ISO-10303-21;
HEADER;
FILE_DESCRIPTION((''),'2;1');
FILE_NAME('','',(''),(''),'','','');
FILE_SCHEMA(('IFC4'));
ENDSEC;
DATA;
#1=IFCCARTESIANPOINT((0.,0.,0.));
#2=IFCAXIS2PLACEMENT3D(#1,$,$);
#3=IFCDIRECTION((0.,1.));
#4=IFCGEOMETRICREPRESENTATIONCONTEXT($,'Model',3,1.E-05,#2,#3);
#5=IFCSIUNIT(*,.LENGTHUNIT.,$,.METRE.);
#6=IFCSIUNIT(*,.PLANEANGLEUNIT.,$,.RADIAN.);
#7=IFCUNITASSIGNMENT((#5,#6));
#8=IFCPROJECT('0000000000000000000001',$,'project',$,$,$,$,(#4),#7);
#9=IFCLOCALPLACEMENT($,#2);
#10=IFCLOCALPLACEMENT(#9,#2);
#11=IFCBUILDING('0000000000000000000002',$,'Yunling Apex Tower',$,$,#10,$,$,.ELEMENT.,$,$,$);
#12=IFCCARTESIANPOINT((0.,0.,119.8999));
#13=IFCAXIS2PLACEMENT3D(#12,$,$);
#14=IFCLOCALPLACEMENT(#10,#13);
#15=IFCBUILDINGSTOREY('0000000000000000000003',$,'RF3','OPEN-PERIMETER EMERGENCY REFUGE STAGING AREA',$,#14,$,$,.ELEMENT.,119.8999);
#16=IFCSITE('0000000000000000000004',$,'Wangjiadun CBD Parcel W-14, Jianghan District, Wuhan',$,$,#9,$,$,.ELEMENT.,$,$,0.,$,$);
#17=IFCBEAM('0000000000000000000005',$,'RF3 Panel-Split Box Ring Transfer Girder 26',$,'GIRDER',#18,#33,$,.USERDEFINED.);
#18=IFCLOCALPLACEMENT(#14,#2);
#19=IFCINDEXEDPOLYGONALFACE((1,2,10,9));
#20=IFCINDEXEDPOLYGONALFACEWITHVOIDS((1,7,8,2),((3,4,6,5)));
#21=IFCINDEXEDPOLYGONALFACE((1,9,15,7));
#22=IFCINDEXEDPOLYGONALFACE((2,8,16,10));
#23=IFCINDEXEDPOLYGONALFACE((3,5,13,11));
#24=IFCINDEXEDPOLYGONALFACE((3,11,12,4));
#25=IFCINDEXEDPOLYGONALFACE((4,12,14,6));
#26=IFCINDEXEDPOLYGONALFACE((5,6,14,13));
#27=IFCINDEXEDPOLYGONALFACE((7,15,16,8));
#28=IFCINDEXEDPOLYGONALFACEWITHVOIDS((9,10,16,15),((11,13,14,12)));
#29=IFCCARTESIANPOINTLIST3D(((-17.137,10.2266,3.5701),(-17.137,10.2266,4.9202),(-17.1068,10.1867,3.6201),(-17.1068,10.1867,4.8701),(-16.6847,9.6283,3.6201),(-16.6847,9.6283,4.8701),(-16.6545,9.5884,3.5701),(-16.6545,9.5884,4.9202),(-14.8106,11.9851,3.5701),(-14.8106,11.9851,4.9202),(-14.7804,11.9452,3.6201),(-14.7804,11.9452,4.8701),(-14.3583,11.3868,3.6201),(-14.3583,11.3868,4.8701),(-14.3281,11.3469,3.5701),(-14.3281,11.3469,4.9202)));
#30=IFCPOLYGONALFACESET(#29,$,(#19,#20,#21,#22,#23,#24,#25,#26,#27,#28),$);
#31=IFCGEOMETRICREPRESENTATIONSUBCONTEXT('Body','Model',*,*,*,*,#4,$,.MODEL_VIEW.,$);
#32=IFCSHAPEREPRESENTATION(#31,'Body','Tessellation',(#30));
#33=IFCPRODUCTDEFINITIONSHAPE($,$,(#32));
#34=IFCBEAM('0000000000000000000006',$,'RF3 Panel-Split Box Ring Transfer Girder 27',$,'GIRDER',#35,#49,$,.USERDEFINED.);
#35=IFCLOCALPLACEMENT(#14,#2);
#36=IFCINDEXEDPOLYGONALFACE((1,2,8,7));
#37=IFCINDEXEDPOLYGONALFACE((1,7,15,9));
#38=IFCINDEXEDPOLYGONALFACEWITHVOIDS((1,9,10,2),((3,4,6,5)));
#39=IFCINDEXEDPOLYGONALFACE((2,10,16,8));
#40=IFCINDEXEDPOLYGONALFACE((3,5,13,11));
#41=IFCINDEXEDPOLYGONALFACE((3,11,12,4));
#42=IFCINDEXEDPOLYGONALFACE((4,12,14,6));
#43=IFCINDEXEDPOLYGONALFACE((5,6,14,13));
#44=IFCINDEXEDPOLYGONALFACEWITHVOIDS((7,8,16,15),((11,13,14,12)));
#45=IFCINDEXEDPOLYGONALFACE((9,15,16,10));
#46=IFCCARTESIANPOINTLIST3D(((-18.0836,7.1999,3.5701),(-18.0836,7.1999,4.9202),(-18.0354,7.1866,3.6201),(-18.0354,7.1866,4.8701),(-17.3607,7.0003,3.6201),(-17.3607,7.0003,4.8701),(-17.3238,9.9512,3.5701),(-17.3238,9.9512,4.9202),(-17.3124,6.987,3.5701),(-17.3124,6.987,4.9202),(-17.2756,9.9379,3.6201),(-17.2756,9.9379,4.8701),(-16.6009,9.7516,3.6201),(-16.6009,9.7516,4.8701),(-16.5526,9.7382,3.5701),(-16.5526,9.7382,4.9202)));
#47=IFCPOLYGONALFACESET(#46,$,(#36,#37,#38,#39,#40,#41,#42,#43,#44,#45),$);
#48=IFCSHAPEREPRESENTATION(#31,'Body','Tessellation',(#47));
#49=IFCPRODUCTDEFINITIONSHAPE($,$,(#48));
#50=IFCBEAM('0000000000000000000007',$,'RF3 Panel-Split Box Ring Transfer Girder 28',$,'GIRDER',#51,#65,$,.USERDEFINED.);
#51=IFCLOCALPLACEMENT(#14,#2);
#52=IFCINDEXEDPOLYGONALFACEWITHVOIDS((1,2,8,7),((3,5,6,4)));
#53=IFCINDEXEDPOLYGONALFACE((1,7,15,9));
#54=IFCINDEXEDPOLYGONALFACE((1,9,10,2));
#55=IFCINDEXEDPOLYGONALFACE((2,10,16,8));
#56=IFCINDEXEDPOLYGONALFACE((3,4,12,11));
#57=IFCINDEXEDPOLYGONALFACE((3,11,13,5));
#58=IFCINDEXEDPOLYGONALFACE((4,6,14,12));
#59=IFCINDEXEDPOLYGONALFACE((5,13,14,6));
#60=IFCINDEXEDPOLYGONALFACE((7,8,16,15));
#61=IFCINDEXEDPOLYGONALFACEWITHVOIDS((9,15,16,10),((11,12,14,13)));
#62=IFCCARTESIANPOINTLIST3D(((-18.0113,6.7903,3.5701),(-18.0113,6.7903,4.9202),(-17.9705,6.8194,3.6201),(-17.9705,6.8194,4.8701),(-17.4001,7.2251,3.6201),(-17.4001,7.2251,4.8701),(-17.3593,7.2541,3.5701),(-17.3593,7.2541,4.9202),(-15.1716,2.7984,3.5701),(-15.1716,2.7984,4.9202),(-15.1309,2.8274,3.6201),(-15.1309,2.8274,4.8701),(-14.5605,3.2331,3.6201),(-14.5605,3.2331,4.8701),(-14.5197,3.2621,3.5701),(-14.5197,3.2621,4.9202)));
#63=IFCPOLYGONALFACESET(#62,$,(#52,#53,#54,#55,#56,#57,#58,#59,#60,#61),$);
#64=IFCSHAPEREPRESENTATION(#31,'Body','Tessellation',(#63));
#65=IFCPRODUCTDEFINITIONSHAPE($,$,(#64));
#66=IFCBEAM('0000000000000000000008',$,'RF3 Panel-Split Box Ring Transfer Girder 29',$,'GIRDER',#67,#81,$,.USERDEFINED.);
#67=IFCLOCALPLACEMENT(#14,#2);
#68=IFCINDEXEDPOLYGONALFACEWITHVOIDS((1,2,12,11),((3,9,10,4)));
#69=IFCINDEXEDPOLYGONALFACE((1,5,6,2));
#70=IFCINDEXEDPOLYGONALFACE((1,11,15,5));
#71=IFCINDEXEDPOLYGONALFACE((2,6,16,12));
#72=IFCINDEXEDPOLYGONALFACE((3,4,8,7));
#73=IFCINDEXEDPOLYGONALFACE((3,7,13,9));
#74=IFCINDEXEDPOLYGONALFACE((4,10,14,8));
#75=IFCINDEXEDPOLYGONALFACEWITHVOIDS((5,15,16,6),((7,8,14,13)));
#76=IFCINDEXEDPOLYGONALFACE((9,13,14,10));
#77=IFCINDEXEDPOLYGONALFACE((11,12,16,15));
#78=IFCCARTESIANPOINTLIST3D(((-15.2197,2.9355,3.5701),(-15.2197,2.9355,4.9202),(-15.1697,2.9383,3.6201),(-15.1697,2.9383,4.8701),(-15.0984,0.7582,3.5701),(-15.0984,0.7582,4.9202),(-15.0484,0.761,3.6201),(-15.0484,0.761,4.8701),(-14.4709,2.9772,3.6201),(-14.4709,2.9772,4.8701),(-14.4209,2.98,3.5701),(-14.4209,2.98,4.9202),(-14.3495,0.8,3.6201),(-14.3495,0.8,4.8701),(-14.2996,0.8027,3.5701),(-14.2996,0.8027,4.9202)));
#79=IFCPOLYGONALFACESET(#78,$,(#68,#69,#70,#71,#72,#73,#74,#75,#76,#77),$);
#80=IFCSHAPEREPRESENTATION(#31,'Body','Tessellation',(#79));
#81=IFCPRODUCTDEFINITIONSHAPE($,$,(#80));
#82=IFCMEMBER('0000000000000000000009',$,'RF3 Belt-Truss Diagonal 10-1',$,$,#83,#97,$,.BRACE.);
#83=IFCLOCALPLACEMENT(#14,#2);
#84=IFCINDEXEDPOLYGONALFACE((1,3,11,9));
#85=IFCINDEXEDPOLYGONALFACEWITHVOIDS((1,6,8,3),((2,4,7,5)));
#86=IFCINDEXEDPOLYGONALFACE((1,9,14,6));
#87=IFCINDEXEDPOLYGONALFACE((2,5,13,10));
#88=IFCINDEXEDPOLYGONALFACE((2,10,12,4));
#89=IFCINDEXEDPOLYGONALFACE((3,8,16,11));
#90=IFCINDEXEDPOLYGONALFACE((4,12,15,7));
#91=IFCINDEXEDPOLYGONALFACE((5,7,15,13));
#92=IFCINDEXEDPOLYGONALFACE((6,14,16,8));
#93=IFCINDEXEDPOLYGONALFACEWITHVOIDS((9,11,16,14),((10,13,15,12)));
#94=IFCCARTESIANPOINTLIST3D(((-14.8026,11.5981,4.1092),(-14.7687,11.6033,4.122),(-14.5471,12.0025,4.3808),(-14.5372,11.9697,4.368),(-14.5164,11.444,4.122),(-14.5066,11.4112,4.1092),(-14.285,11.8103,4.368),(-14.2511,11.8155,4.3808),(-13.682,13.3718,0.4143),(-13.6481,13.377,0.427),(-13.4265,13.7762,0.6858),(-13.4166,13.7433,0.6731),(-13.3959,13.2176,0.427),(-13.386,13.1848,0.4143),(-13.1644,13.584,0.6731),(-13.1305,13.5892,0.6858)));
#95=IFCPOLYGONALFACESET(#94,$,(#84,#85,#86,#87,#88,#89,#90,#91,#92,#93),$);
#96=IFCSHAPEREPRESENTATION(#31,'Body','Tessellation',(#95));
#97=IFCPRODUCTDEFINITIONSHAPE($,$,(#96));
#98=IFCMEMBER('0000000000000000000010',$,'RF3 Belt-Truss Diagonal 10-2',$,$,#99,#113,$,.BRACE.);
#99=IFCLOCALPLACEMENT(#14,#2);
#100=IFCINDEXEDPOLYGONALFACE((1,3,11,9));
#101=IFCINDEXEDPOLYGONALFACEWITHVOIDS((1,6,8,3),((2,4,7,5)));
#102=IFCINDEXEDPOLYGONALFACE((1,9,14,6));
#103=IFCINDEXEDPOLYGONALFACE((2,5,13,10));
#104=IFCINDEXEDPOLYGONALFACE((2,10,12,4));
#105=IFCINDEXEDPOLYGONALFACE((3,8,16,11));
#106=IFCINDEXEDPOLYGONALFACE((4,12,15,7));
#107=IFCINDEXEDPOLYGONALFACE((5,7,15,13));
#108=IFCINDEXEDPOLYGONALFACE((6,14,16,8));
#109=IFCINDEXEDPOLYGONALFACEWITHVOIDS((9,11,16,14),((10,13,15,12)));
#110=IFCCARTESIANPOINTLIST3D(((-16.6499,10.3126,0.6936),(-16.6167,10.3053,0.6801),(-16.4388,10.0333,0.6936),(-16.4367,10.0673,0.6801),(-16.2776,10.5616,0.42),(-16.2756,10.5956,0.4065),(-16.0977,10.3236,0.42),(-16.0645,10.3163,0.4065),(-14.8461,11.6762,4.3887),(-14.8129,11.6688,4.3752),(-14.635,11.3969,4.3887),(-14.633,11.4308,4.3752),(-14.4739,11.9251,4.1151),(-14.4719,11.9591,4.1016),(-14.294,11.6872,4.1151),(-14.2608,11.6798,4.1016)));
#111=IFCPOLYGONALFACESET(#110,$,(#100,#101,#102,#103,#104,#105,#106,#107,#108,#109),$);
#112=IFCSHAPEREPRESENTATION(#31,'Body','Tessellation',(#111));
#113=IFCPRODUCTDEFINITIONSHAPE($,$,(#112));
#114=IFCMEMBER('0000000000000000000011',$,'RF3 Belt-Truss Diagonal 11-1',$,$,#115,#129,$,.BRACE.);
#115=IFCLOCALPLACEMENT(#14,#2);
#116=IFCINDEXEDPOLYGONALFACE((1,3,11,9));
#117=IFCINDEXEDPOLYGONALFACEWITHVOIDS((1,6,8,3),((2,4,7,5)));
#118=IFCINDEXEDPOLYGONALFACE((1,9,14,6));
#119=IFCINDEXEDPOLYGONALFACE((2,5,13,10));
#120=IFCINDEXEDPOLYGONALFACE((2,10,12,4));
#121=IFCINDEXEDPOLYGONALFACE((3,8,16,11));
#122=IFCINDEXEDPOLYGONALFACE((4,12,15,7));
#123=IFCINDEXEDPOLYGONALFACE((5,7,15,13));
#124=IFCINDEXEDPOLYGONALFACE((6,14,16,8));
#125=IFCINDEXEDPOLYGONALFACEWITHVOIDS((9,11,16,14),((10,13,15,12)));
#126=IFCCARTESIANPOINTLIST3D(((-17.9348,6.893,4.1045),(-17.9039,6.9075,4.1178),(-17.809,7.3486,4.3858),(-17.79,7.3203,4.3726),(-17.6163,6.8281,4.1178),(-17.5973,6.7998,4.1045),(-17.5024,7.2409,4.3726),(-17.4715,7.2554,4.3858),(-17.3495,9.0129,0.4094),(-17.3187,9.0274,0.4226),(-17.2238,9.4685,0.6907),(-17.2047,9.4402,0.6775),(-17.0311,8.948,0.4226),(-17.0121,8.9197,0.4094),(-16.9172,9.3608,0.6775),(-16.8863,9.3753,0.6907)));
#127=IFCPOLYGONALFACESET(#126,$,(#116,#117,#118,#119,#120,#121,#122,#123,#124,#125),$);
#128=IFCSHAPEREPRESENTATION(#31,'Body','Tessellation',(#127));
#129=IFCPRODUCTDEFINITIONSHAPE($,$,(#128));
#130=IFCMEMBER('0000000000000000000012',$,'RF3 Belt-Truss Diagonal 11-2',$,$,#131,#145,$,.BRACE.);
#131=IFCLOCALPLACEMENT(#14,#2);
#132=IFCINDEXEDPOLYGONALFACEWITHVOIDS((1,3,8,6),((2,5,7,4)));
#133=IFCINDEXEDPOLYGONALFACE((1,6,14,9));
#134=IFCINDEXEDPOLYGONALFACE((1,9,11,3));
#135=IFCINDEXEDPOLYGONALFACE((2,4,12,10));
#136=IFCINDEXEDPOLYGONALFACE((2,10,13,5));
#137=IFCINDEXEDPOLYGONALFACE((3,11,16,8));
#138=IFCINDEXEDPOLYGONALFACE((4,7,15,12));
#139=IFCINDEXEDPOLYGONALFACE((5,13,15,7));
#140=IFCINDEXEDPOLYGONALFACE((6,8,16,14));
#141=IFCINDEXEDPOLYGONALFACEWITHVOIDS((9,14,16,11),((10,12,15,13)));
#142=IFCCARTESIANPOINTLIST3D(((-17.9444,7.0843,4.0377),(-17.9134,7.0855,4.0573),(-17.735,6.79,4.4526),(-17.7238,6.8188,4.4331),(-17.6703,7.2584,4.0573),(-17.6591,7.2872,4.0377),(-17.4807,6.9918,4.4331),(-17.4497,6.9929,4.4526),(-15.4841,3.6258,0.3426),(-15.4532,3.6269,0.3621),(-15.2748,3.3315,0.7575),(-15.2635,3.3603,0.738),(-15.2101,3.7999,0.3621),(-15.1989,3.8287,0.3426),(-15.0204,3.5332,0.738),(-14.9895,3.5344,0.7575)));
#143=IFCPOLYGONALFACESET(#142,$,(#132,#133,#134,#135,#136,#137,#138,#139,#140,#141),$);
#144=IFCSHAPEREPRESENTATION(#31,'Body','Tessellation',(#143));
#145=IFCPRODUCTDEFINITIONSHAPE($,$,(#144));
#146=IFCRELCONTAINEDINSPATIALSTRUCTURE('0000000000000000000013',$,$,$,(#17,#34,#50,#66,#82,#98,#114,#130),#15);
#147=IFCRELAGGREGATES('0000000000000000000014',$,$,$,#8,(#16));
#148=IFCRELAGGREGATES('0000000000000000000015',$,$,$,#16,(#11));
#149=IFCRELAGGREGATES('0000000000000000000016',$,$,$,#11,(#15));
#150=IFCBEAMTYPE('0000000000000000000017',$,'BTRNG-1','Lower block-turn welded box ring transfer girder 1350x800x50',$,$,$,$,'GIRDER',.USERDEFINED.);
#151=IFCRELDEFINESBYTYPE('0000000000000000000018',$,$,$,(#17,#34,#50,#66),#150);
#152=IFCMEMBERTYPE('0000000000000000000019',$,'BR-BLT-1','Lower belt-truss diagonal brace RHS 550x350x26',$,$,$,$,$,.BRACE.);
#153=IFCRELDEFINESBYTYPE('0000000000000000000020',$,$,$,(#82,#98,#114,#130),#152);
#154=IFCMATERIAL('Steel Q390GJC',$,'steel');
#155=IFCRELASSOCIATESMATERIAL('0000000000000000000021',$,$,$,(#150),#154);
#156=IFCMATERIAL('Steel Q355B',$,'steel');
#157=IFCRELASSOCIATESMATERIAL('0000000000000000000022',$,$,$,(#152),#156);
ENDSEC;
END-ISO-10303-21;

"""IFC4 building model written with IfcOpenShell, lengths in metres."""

from ifc_helpers import new_model, si_unit, direction, frame, origin, origin_2d, place, context, subcontext, project, spatial, hollow_rectangle, extrude, source, transform, mapped, material, material_profile, profile_set, type_object, element, save


model = new_model("IFC4")

# Units and contexts
model_context = context("Model", 3, precision=1e-05, world=origin(), true_north=direction((0.0, 1.0)))
body_context = subcontext(model_context, "Body", "Model", "MODEL_VIEW")
ifc_project = project(units=[si_unit("LENGTHUNIT", "METRE"), si_unit("PLANEANGLEUNIT", "RADIAN")], contexts=[model_context])

# Site, building, storey
site_placement = place(None, origin())
site = spatial("IfcSite", under=ifc_project, at=site_placement, Name="Wangjiadun CBD Parcel W-14, Jianghan District, Wuhan", CompositionType="ELEMENT", RefElevation=0.0)
building_placement = place(site_placement, origin())
building = spatial("IfcBuilding", under=site, at=building_placement, Name="Yunling Apex Tower", CompositionType="ELEMENT")
storey_placement = place(building_placement, frame((0.0, 0.0, 119.8999)))
storey = spatial("IfcBuildingStorey", under=building, at=storey_placement, Name="RF3", Description="OPEN-PERIMETER EMERGENCY REFUGE STAGING AREA", CompositionType="ELEMENT", Elevation=119.8999)

# Shared definitions
ifc_material_1 = material(Name="Steel Q390GJC", Category="steel")

# Beams
ifc_material_profile_1 = material_profile(ifc_material_1, hollow_rectangle(XDim=0.8, YDim=1.3501, WallThickness=0.05, at=origin_2d()))
ifc_profile_set_1 = profile_set([ifc_material_profile_1], Name="Steel Q390GJC")
beam_type = type_object("IfcBeamType", Name="BTRNG-1", Description="Lower block-turn welded box ring transfer girder 1350x800x50", ElementType="GIRDER", PredefinedType="USERDEFINED", material=ifc_profile_set_1)
shared_shape_1 = source(origin(), body_context, "Body", "SweptSolid", [
    extrude(hollow_rectangle(XDim=0.8, YDim=1.3501, WallThickness=0.05, at=origin_2d()), origin(), (0.0, 0.0, 1.0), 2.9163),
])
beam_1_placement = place(storey_placement, frame((-14.5693, 11.666, 4.2451), z_axis=(-0.797734, -0.60301, 0.0), x_axis=(0.60301, -0.797734, 0.0)))
element("IfcBeam", 1, at=beam_1_placement, inside=storey, type_object=beam_type, Name="RF3 Panel-Split Box Ring Transfer Girder 26", ObjectType="GIRDER", PredefinedType="USERDEFINED", context=body_context, shape_type="MappedRepresentation", body=[
    mapped(shared_shape_1, transform((0.0, 0.0, 0.0), scale=1.0)),
])
shared_shape_2 = source(origin(), body_context, "Body", "SweptSolid", [
    extrude(hollow_rectangle(XDim=0.8, YDim=1.3501, WallThickness=0.05, at=origin_2d()), origin(), (0.0, 0.0, 1.0), 2.8542),
])
beam_2_placement = place(storey_placement, frame((-16.9382, 9.8447, 4.2451), z_axis=(-0.266192, -0.96392, 0.0), x_axis=(0.96392, -0.266192, 0.0)))
element("IfcBeam", 2, at=beam_2_placement, inside=storey, type_object=beam_type, Name="RF3 Panel-Split Box Ring Transfer Girder 27", ObjectType="GIRDER", PredefinedType="USERDEFINED", context=body_context, shape_type="MappedRepresentation", body=[
    mapped(shared_shape_2, transform((0.0, 0.0, 0.0), scale=1.0)),
])
shared_shape_3 = source(origin(), body_context, "Body", "SweptSolid", [
    extrude(hollow_rectangle(XDim=0.8, YDim=1.3501, WallThickness=0.05, at=origin_2d()), origin(), (0.0, 0.0, 1.0), 4.8989),
])
beam_3_placement = place(storey_placement, frame((-17.6853, 7.0222, 4.2451), z_axis=(0.579644, -0.81487, 0.0), x_axis=(0.81487, 0.579644, 0.0)))
element("IfcBeam", 3, at=beam_3_placement, inside=storey, type_object=beam_type, Name="RF3 Panel-Split Box Ring Transfer Girder 28", ObjectType="GIRDER", PredefinedType="USERDEFINED", context=body_context, shape_type="MappedRepresentation", body=[
    mapped(shared_shape_3, transform((0.0, 0.0, 0.0), scale=1.0)),
])
shared_shape_4 = source(origin(), body_context, "Body", "SweptSolid", [
    extrude(hollow_rectangle(XDim=0.8, YDim=1.3501, WallThickness=0.05, at=origin_2d()), origin(), (0.0, 0.0, 1.0), 2.1807),
])
beam_4_placement = place(storey_placement, frame((-14.8203, 2.9578, 4.2451), z_axis=(0.055644, -0.998451, 0.0), x_axis=(0.998451, 0.055644, 0.0)))
element("IfcBeam", 4, at=beam_4_placement, inside=storey, type_object=beam_type, Name="RF3 Panel-Split Box Ring Transfer Girder 29", ObjectType="GIRDER", PredefinedType="USERDEFINED", context=body_context, shape_type="MappedRepresentation", body=[
    mapped(shared_shape_4, transform((0.0, 0.0, 0.0), scale=1.0)),
])

# Members
ifc_material_2 = material(Name="Steel Q355B", Category="steel")
ifc_material_profile_2 = material_profile(ifc_material_2, hollow_rectangle(XDim=0.3501, YDim=0.55, WallThickness=0.0259, at=origin_2d()))
ifc_profile_set_2 = profile_set([ifc_material_profile_2], Name="Steel Q355B")
member_type_1 = type_object("IfcMemberType", Name="BR-BLT-1", Description="Lower belt-truss diagonal brace RHS 550x350x26", PredefinedType="BRACE", material=ifc_profile_set_2)
shared_shape_5 = source(origin(), body_context, "Body", "SweptSolid", [
    extrude(hollow_rectangle(XDim=0.3501, YDim=0.55, WallThickness=0.0259, at=origin_2d()), origin(), (0.0, 0.0, 1.0), 4.249),
])
member_1_placement = place(storey_placement, frame((-13.4062, 13.4805, 0.55), z_axis=(-0.263725, -0.417421, 0.869603), x_axis=(0.845406, -0.534124, 0.0)))
element("IfcMember", 5, at=member_1_placement, inside=storey, type_object=member_type_1, Name="RF3 Belt-Truss Diagonal 10-1", PredefinedType="BRACE", context=body_context, shape_type="MappedRepresentation", body=[
    mapped(shared_shape_5, transform((0.0, 0.0, 0.0), scale=1.0)),
])
shared_shape_6 = source(origin(), body_context, "Body", "SweptSolid", [
    extrude(hollow_rectangle(XDim=0.3501, YDim=0.55, WallThickness=0.0259, at=origin_2d()), origin(), (0.0, 0.0, 1.0), 4.332),
])
member_2_placement = place(storey_placement, frame((-16.3572, 10.3145, 0.55), z_axis=(0.41637, 0.314758, 0.852973), x_axis=(-0.603036, 0.797714, 0.0)))
element("IfcMember", 6, at=member_2_placement, inside=storey, type_object=member_type_1, Name="RF3 Belt-Truss Diagonal 10-2", PredefinedType="BRACE", context=body_context, shape_type="MappedRepresentation", body=[
    mapped(shared_shape_6, transform((0.0, 0.0, 0.0), scale=1.0)),
])
shared_shape_7 = source(origin(), body_context, "Body", "SweptSolid", [
    extrude(hollow_rectangle(XDim=0.3501, YDim=0.55, WallThickness=0.0259, at=origin_2d()), origin(), (0.0, 0.0, 1.0), 4.3),
])
member_3_placement = place(storey_placement, frame((-17.1179, 9.1941, 0.55), z_axis=(-0.136095, -0.492996, 0.859322), x_axis=(0.963945, -0.266103, 0.0)))
element("IfcMember", 7, at=member_3_placement, inside=storey, type_object=member_type_1, Name="RF3 Belt-Truss Diagonal 11-1", PredefinedType="BRACE", context=body_context, shape_type="MappedRepresentation", body=[
    mapped(shared_shape_7, transform((0.0, 0.0, 0.0), scale=1.0)),
])
shared_shape_8 = source(origin(), body_context, "Body", "SweptSolid", [
    extrude(hollow_rectangle(XDim=0.3501, YDim=0.55, WallThickness=0.0259, at=origin_2d()), origin(), (0.0, 0.0, 1.0), 5.6274),
])
member_4_placement = place(storey_placement, frame((-15.2368, 3.5801, 0.55), z_axis=(-0.437185, 0.614584, 0.656624), x_axis=(-0.814863, -0.579654, 0.0)))
element("IfcMember", 8, at=member_4_placement, inside=storey, type_object=member_type_1, Name="RF3 Belt-Truss Diagonal 11-2", PredefinedType="BRACE", context=body_context, shape_type="MappedRepresentation", body=[
    mapped(shared_shape_8, transform((0.0, 0.0, 0.0), scale=1.0)),
])

save(model, "model.ifc")
